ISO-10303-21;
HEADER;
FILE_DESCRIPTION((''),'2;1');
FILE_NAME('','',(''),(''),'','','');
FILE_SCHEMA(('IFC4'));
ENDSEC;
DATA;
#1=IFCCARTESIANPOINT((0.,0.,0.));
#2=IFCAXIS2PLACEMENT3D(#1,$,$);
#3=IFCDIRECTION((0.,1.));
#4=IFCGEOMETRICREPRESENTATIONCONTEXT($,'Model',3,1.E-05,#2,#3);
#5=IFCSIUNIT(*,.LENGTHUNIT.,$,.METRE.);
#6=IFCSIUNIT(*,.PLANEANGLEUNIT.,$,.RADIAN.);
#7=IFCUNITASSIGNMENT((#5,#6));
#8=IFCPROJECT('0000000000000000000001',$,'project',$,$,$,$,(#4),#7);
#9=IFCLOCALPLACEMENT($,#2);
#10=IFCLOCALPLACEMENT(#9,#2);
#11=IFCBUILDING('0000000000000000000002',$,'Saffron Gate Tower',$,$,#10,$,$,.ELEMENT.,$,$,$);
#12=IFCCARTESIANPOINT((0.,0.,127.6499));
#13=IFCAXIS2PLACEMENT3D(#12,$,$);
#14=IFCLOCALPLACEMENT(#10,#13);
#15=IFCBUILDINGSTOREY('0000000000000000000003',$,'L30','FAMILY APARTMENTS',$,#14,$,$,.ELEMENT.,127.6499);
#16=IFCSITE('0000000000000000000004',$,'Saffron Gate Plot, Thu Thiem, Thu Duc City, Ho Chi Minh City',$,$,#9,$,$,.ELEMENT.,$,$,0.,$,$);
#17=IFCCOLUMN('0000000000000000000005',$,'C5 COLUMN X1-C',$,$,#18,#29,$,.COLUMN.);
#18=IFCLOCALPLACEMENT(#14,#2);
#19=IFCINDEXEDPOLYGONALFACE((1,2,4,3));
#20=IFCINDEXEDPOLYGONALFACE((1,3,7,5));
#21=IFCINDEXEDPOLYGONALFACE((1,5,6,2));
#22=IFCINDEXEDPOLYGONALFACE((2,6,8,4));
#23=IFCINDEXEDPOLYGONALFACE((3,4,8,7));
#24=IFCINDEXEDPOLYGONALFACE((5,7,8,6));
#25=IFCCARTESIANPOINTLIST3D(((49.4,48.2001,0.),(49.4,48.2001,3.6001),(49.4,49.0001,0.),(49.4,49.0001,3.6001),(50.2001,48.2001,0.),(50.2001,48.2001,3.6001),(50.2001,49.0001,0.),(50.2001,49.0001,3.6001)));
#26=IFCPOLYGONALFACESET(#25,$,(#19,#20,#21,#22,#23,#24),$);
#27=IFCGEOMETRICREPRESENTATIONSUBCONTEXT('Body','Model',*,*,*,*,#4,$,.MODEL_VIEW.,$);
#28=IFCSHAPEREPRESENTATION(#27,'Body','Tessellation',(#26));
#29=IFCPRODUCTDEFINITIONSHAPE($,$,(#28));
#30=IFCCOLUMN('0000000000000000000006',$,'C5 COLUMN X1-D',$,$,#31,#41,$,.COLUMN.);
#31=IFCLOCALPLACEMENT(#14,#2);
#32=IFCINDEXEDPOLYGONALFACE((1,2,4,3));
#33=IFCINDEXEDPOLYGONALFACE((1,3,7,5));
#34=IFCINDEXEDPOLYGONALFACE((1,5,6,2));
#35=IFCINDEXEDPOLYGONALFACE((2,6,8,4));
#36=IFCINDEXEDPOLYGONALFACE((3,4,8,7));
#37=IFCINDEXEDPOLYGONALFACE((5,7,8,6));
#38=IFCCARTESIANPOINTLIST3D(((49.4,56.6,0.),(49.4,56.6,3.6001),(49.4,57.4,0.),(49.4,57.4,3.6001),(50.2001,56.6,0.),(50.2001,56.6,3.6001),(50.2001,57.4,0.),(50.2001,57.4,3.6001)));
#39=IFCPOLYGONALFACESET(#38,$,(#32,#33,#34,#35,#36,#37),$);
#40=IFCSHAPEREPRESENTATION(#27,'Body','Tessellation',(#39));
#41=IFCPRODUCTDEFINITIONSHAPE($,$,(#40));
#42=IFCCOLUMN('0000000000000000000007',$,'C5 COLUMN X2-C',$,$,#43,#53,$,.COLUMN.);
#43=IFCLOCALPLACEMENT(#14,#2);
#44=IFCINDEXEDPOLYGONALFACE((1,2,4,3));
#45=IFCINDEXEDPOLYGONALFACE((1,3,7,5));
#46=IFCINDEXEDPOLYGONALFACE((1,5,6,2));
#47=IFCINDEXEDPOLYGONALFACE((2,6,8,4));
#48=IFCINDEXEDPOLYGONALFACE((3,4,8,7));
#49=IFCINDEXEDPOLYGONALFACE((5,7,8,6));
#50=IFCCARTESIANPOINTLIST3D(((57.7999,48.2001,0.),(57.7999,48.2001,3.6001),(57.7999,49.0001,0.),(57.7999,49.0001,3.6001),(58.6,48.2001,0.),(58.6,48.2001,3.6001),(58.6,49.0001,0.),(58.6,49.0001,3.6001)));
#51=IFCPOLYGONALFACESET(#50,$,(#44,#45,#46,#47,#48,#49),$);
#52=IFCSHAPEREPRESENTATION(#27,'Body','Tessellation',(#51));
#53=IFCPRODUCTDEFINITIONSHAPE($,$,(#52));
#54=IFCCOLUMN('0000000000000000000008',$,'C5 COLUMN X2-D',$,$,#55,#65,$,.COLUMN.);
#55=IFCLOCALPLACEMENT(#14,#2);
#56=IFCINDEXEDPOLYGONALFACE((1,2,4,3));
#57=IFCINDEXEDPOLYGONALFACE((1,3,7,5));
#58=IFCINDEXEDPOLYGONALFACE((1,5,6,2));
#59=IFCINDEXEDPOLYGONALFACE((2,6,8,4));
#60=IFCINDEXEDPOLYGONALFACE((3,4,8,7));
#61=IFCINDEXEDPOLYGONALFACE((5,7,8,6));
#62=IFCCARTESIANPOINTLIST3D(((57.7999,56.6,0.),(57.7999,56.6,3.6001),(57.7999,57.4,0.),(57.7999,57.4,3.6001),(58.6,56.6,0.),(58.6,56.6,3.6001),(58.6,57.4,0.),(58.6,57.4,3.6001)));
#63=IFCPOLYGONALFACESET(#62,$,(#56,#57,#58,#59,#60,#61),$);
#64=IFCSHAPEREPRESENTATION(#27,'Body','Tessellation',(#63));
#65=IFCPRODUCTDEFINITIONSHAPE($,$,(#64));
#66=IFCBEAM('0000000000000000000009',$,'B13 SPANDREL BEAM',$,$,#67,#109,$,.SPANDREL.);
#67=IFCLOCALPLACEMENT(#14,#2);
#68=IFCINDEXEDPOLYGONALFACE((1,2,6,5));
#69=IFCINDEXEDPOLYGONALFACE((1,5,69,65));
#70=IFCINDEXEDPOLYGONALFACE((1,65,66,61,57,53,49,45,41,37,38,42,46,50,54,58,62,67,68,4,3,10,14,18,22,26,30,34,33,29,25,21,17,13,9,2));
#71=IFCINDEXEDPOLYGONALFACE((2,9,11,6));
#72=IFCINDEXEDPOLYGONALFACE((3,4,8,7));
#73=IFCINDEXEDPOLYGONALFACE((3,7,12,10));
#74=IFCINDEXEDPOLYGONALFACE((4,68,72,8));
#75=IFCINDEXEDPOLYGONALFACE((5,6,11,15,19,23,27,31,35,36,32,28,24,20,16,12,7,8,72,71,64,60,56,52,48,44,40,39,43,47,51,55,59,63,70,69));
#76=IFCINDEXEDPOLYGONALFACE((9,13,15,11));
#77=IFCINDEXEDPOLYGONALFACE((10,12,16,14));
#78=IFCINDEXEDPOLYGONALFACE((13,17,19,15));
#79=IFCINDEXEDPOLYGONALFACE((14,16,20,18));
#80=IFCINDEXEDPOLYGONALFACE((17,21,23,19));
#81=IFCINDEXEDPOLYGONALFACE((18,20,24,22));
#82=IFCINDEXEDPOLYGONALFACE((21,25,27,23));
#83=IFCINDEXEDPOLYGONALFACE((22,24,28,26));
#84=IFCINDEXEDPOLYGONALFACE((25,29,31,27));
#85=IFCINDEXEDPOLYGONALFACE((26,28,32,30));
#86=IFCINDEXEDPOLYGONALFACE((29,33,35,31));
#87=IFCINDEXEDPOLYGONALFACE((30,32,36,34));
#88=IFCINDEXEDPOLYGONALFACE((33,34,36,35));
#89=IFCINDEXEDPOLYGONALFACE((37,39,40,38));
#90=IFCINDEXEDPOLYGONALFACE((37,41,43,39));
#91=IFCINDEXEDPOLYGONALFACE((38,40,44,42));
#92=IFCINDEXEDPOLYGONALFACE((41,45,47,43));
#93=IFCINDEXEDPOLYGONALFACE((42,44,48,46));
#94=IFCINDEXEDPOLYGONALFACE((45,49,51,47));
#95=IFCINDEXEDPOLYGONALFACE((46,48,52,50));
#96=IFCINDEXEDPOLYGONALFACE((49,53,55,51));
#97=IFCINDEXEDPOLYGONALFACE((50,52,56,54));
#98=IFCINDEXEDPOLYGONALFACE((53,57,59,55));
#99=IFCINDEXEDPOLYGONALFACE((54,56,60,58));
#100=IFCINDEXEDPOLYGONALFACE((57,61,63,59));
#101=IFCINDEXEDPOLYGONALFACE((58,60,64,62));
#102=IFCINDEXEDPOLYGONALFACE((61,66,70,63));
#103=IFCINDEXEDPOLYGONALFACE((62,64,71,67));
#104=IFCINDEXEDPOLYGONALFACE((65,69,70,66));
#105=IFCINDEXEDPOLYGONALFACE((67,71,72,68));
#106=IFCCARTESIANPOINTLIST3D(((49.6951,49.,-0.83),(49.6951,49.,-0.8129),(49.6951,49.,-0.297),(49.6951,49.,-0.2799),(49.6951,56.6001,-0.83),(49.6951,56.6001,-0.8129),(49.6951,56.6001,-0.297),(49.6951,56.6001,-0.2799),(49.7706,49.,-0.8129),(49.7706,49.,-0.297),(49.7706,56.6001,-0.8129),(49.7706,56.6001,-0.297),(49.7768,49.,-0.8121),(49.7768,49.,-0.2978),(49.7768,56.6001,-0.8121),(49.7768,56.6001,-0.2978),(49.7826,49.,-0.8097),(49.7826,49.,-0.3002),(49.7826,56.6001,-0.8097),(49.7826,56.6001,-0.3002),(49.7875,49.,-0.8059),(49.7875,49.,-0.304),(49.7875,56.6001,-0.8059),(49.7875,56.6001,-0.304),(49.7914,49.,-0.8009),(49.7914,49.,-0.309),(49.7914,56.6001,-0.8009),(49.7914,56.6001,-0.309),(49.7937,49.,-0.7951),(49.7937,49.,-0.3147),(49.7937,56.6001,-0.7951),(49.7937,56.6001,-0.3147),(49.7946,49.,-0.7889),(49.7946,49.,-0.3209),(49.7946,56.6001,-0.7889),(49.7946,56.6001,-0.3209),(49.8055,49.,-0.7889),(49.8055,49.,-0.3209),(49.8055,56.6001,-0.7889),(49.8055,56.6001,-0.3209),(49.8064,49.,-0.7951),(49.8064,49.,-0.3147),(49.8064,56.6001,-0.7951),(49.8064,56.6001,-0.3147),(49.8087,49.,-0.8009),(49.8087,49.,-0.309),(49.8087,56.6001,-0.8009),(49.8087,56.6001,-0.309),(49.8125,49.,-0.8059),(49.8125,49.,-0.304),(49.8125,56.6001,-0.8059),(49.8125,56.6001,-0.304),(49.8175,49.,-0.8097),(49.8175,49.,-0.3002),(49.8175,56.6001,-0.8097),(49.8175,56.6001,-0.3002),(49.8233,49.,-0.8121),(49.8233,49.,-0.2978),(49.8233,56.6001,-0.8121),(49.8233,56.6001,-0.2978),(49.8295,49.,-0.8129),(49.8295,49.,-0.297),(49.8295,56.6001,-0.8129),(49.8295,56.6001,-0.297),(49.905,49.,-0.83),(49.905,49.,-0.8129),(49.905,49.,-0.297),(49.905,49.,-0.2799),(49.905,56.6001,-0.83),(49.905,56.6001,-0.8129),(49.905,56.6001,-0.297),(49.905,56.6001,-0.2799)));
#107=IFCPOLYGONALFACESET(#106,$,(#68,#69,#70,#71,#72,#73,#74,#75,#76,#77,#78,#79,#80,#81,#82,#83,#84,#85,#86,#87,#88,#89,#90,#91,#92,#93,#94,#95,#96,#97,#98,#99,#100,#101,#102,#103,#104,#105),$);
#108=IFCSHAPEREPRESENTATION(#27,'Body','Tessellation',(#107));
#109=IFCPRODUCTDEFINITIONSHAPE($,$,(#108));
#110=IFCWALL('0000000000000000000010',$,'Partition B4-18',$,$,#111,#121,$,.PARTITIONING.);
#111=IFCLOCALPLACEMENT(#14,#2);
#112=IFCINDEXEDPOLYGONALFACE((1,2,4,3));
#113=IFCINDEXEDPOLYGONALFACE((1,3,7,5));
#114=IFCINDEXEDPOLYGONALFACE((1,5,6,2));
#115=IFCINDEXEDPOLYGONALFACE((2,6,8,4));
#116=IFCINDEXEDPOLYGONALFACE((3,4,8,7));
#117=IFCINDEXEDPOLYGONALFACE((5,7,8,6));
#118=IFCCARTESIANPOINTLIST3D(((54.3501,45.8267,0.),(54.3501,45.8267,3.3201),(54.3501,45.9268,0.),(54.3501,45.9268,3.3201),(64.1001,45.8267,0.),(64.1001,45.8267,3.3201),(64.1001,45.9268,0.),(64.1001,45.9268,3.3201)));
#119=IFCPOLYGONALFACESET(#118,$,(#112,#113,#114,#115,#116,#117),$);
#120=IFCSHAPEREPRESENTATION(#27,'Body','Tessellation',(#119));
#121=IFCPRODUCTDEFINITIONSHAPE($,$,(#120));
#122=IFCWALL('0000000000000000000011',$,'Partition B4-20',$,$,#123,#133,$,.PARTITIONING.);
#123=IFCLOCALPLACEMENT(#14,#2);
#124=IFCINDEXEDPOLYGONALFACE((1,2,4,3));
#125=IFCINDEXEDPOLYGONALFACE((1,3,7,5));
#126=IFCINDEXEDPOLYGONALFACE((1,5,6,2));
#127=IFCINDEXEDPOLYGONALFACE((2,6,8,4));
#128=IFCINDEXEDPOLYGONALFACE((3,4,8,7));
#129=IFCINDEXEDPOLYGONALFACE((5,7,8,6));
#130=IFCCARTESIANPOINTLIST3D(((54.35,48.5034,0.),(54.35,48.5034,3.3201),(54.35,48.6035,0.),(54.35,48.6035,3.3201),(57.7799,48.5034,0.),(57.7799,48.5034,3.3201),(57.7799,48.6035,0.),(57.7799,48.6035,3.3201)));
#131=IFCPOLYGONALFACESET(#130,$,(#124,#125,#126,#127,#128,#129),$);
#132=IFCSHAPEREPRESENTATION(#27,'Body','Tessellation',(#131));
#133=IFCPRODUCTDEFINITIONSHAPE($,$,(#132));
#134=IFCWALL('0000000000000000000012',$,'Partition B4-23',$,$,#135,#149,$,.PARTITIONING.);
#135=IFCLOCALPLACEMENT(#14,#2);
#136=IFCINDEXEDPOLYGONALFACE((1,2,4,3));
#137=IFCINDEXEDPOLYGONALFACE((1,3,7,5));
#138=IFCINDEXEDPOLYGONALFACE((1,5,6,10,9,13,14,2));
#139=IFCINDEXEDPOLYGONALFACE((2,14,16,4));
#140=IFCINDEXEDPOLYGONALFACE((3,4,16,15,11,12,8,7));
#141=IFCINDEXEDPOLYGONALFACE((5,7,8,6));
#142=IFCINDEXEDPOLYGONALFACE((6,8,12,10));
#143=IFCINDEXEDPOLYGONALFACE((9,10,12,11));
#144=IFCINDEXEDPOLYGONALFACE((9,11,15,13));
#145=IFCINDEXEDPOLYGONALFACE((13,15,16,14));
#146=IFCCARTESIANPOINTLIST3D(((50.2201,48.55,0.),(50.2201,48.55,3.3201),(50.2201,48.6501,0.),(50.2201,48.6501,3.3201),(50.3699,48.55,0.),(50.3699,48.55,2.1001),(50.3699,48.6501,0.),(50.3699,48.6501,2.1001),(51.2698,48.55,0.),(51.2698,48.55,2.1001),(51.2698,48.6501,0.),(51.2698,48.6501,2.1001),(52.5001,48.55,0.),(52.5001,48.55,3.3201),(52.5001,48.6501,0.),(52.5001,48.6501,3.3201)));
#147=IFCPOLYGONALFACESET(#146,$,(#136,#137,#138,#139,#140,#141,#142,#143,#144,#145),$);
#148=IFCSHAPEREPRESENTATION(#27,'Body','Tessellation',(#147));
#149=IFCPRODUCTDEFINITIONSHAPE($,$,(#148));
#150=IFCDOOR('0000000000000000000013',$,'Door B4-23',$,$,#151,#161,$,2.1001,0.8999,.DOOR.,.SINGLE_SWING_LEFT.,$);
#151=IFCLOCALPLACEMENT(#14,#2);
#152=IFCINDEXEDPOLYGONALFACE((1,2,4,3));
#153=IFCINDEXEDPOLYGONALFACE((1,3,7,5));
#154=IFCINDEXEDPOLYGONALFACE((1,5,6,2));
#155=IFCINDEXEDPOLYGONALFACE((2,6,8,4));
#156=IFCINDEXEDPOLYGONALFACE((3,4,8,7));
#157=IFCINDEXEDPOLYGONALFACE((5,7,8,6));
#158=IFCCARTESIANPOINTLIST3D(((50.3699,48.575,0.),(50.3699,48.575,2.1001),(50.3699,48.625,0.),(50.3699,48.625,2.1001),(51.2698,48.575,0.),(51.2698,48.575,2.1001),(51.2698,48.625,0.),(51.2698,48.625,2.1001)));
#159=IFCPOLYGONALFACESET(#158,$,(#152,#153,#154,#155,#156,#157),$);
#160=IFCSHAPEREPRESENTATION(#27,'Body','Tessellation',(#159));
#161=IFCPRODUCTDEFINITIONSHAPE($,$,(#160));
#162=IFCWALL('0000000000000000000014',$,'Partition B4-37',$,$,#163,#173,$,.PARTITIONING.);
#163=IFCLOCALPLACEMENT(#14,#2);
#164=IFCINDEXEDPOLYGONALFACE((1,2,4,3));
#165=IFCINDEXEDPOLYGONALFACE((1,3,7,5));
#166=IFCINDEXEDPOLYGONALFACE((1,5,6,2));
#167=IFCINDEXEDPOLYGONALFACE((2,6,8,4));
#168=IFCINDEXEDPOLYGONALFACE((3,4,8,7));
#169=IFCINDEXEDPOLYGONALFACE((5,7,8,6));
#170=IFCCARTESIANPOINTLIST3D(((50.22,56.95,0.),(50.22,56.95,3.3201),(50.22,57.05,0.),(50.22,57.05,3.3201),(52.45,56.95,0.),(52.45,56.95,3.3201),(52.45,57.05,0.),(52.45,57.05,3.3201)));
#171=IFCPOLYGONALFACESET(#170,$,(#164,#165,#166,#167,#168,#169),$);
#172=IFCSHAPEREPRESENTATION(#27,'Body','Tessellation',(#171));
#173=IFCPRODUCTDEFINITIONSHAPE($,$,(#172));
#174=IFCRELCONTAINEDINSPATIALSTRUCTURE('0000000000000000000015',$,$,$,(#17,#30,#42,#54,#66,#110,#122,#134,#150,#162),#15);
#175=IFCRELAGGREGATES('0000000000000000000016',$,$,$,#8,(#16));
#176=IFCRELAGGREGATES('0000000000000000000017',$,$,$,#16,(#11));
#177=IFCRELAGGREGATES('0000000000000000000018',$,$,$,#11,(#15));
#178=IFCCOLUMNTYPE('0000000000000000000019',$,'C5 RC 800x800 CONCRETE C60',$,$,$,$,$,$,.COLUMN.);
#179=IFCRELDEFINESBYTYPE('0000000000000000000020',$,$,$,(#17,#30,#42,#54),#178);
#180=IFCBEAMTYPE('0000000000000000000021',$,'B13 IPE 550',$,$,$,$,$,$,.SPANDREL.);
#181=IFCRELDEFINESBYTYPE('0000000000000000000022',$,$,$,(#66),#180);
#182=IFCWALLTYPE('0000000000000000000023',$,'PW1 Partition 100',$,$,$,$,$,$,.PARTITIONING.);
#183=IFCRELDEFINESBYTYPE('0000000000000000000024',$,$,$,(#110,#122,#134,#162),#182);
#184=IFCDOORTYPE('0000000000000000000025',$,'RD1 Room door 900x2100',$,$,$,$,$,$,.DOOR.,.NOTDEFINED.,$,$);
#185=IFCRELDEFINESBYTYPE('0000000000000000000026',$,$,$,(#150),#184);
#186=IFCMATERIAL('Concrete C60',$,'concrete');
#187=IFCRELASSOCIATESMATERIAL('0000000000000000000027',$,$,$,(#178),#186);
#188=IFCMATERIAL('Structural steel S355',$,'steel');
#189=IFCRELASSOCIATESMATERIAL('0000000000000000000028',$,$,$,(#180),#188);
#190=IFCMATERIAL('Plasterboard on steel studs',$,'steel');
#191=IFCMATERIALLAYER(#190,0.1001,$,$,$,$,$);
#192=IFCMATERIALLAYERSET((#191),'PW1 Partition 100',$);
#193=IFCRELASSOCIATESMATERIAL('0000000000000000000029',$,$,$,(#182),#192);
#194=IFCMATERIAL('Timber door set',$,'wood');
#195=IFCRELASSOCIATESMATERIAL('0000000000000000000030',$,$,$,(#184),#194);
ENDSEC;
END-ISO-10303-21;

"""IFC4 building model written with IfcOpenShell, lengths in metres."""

from ifc_helpers import new_model, si_unit, direction, frame, frame_2d, origin, origin_2d, place, context, subcontext, project, spatial, rectangle, i_section, extrude, material, layer, layer_set, material_profile, profile_set, type_object, element, fill, save


model = new_model("IFC4")

# Units and contexts
model_context = context("Model", 3, precision=1e-05, world=origin(), true_north=direction((0.0, 1.0)))
body_context = subcontext(model_context, "Body", "Model", "MODEL_VIEW")
ifc_project = project(units=[si_unit("LENGTHUNIT", "METRE"), si_unit("PLANEANGLEUNIT", "RADIAN")], contexts=[model_context])

# Site, building, storey
site_placement = place(None, origin())
site = spatial("IfcSite", under=ifc_project, at=site_placement, Name="Saffron Gate Plot, Thu Thiem, Thu Duc City, Ho Chi Minh City", CompositionType="ELEMENT", RefElevation=0.0)
building_placement = place(site_placement, origin())
building = spatial("IfcBuilding", under=site, at=building_placement, Name="Saffron Gate Tower", CompositionType="ELEMENT")
storey_placement = place(building_placement, frame((0.0, 0.0, 127.6499)))
storey = spatial("IfcBuildingStorey", under=building, at=storey_placement, Name="L30", Description="FAMILY APARTMENTS", CompositionType="ELEMENT", Elevation=127.6499)

# Columns
ifc_material_1 = material(Name="Concrete C60", Category="concrete")
ifc_material_profile_1 = material_profile(ifc_material_1, rectangle(XDim=0.8, YDim=0.8, at=origin_2d()))
ifc_profile_set_1 = profile_set([ifc_material_profile_1], Name="Concrete C60")
column_type = type_object("IfcColumnType", Name="C5 RC 800x800 CONCRETE C60", PredefinedType="COLUMN", material=ifc_profile_set_1)
for number, where, z_axis, x_axis, name in (
    (1, (49.8, 48.6001, 0.0), (0.0, 0.0, 1.0), (1.0, 0.0, 0.0), "C5 COLUMN X1-C"),
    (2, (49.8, 57.0, 0.0), (0.0, 0.0, 1.0), (1.0, 0.0, 0.0), "C5 COLUMN X1-D"),
    (3, (58.2, 48.6001, 0.0), (0.0, 0.0, 1.0), (1.0, 0.0, 0.0), "C5 COLUMN X2-C"),
    (4, (58.2, 57.0, 0.0), (0.0, 0.0, 1.0), (1.0, 0.0, 0.0), "C5 COLUMN X2-D"),
):
    element("IfcColumn", number, at=place(storey_placement, frame(where, z_axis=z_axis, x_axis=x_axis)), inside=storey, type_object=column_type, Name=name, PredefinedType="COLUMN", context=body_context, shape_type="SweptSolid", body=[
        extrude(rectangle(XDim=0.8, YDim=0.8, at=origin_2d()), origin(), (0.0, 0.0, 1.0), 3.6001),
    ])

# Beam
ifc_material_2 = material(Name="Structural steel S355", Category="steel")
ifc_material_profile_2 = material_profile(ifc_material_2, i_section(OverallWidth=0.21, OverallDepth=0.55, WebThickness=0.011, FlangeThickness=0.0171, FilletRadius=0.0239, at=origin_2d()))
ifc_profile_set_2 = profile_set([ifc_material_profile_2], Name="Structural steel S355")
beam_type = type_object("IfcBeamType", Name="B13 IPE 550", PredefinedType="SPANDREL", material=ifc_profile_set_2)
beam_placement = place(storey_placement, frame((49.8, 49.0, -0.5549), z_axis=(0.0, 1.0, 0.0), x_axis=(-1.0, 0.0, 0.0)))
element("IfcBeam", 5, at=beam_placement, inside=storey, type_object=beam_type, Name="B13 SPANDREL BEAM", PredefinedType="SPANDREL", context=body_context, shape_type="SweptSolid", body=[
    extrude(i_section(OverallWidth=0.21, OverallDepth=0.55, WebThickness=0.011, FlangeThickness=0.0171, FilletRadius=0.0239, at=origin_2d()), origin(), (0.0, 0.0, 1.0), 7.6001),
])

# Walls
ifc_material_3 = material(Name="Plasterboard on steel studs", Category="steel")
ifc_layer = layer(ifc_material_3, 0.1001)
ifc_layer_set = layer_set([ifc_layer], Name="PW1 Partition 100")
wall_type = type_object("IfcWallType", Name="PW1 Partition 100", PredefinedType="PARTITIONING", material=ifc_layer_set)
wall_1_placement = place(storey_placement, frame((54.3501, 45.8767, 0.0), z_axis=(0.0, 0.0, 1.0), x_axis=(1.0, 0.0, 0.0)))
element("IfcWall", 6, at=wall_1_placement, inside=storey, type_object=wall_type, Name="Partition B4-18", PredefinedType="PARTITIONING", context=body_context, shape_type="SweptSolid", body=[
    extrude(rectangle(XDim=9.75, YDim=0.1001, at=frame_2d((4.875, 0.0))), origin(), (0.0, 0.0, 1.0), 3.3201),
])
wall_2_placement = place(storey_placement, frame((54.3501, 48.5535, 0.0), z_axis=(0.0, 0.0, 1.0), x_axis=(1.0, 0.0, 0.0)))
element("IfcWall", 7, at=wall_2_placement, inside=storey, type_object=wall_type, Name="Partition B4-20", PredefinedType="PARTITIONING", context=body_context, shape_type="SweptSolid", body=[
    extrude(rectangle(XDim=3.4299, YDim=0.1001, at=frame_2d((1.7148, 0.0))), origin(), (0.0, 0.0, 1.0), 3.3201),
])

# Wall, opening, door
wall_3_placement = place(storey_placement, frame((50.22, 48.6001, 0.0), z_axis=(0.0, 0.0, 1.0), x_axis=(1.0, 0.0, 0.0)))
wall_3 = element("IfcWall", 8, at=wall_3_placement, inside=storey, type_object=wall_type, Name="Partition B4-23", PredefinedType="PARTITIONING", context=body_context, shape_type="SweptSolid", body=[
    extrude(rectangle(XDim=2.28, YDim=0.1001, at=frame_2d((1.1401, 0.0))), origin(), (0.0, 0.0, 1.0), 3.3201),
])
opening_1_placement = place(wall_3_placement, frame((0.1499, 0.0, 0.0)))
opening_1 = element("IfcOpeningElement", 9, at=opening_1_placement, cuts=wall_3, PredefinedType="OPENING", context=body_context, shape_type="SweptSolid", body=[
    extrude(rectangle(XDim=0.8999, YDim=2.1001, at=frame_2d((0.45, 1.05))), frame((0.0, 0.0601, 0.0), z_axis=(0.0, -1.0, 0.0), x_axis=(1.0, 0.0, 0.0)), (0.0, 0.0, 1.0), 0.1201),
])
ifc_material_4 = material(Name="Timber door set", Category="wood")
door_type_1 = type_object("IfcDoorType", Name="RD1 Room door 900x2100", OperationType="NOTDEFINED", PredefinedType="DOOR", material=ifc_material_4)
door_1_placement = place(opening_1_placement, origin())
door_1 = element("IfcDoor", 10, at=door_1_placement, inside=storey, type_object=door_type_1, Name="Door B4-23", OperationType="SINGLE_SWING_LEFT", OverallHeight=2.1001, OverallWidth=0.8999, PredefinedType="DOOR", context=body_context, shape_type="SweptSolid", body=[
    extrude(rectangle(XDim=0.8999, YDim=2.1001, at=frame_2d((0.45, 1.05))), frame((0.0, 0.0249, 0.0), z_axis=(0.0, -1.0, 0.0), x_axis=(1.0, 0.0, 0.0)), (0.0, 0.0, 1.0), 0.05),
])
fill(opening_1, door_1)

# Wall
wall_4_placement = place(storey_placement, frame((50.22, 57.0, 0.0), z_axis=(0.0, 0.0, 1.0), x_axis=(1.0, 0.0, 0.0)))
element("IfcWall", 11, at=wall_4_placement, inside=storey, type_object=wall_type, Name="Partition B4-37", PredefinedType="PARTITIONING", context=body_context, shape_type="SweptSolid", body=[
    extrude(rectangle(XDim=2.23, YDim=0.1001, at=frame_2d((1.115, 0.0))), origin(), (0.0, 0.0, 1.0), 3.3201),
])

save(model, "model.ifc")
